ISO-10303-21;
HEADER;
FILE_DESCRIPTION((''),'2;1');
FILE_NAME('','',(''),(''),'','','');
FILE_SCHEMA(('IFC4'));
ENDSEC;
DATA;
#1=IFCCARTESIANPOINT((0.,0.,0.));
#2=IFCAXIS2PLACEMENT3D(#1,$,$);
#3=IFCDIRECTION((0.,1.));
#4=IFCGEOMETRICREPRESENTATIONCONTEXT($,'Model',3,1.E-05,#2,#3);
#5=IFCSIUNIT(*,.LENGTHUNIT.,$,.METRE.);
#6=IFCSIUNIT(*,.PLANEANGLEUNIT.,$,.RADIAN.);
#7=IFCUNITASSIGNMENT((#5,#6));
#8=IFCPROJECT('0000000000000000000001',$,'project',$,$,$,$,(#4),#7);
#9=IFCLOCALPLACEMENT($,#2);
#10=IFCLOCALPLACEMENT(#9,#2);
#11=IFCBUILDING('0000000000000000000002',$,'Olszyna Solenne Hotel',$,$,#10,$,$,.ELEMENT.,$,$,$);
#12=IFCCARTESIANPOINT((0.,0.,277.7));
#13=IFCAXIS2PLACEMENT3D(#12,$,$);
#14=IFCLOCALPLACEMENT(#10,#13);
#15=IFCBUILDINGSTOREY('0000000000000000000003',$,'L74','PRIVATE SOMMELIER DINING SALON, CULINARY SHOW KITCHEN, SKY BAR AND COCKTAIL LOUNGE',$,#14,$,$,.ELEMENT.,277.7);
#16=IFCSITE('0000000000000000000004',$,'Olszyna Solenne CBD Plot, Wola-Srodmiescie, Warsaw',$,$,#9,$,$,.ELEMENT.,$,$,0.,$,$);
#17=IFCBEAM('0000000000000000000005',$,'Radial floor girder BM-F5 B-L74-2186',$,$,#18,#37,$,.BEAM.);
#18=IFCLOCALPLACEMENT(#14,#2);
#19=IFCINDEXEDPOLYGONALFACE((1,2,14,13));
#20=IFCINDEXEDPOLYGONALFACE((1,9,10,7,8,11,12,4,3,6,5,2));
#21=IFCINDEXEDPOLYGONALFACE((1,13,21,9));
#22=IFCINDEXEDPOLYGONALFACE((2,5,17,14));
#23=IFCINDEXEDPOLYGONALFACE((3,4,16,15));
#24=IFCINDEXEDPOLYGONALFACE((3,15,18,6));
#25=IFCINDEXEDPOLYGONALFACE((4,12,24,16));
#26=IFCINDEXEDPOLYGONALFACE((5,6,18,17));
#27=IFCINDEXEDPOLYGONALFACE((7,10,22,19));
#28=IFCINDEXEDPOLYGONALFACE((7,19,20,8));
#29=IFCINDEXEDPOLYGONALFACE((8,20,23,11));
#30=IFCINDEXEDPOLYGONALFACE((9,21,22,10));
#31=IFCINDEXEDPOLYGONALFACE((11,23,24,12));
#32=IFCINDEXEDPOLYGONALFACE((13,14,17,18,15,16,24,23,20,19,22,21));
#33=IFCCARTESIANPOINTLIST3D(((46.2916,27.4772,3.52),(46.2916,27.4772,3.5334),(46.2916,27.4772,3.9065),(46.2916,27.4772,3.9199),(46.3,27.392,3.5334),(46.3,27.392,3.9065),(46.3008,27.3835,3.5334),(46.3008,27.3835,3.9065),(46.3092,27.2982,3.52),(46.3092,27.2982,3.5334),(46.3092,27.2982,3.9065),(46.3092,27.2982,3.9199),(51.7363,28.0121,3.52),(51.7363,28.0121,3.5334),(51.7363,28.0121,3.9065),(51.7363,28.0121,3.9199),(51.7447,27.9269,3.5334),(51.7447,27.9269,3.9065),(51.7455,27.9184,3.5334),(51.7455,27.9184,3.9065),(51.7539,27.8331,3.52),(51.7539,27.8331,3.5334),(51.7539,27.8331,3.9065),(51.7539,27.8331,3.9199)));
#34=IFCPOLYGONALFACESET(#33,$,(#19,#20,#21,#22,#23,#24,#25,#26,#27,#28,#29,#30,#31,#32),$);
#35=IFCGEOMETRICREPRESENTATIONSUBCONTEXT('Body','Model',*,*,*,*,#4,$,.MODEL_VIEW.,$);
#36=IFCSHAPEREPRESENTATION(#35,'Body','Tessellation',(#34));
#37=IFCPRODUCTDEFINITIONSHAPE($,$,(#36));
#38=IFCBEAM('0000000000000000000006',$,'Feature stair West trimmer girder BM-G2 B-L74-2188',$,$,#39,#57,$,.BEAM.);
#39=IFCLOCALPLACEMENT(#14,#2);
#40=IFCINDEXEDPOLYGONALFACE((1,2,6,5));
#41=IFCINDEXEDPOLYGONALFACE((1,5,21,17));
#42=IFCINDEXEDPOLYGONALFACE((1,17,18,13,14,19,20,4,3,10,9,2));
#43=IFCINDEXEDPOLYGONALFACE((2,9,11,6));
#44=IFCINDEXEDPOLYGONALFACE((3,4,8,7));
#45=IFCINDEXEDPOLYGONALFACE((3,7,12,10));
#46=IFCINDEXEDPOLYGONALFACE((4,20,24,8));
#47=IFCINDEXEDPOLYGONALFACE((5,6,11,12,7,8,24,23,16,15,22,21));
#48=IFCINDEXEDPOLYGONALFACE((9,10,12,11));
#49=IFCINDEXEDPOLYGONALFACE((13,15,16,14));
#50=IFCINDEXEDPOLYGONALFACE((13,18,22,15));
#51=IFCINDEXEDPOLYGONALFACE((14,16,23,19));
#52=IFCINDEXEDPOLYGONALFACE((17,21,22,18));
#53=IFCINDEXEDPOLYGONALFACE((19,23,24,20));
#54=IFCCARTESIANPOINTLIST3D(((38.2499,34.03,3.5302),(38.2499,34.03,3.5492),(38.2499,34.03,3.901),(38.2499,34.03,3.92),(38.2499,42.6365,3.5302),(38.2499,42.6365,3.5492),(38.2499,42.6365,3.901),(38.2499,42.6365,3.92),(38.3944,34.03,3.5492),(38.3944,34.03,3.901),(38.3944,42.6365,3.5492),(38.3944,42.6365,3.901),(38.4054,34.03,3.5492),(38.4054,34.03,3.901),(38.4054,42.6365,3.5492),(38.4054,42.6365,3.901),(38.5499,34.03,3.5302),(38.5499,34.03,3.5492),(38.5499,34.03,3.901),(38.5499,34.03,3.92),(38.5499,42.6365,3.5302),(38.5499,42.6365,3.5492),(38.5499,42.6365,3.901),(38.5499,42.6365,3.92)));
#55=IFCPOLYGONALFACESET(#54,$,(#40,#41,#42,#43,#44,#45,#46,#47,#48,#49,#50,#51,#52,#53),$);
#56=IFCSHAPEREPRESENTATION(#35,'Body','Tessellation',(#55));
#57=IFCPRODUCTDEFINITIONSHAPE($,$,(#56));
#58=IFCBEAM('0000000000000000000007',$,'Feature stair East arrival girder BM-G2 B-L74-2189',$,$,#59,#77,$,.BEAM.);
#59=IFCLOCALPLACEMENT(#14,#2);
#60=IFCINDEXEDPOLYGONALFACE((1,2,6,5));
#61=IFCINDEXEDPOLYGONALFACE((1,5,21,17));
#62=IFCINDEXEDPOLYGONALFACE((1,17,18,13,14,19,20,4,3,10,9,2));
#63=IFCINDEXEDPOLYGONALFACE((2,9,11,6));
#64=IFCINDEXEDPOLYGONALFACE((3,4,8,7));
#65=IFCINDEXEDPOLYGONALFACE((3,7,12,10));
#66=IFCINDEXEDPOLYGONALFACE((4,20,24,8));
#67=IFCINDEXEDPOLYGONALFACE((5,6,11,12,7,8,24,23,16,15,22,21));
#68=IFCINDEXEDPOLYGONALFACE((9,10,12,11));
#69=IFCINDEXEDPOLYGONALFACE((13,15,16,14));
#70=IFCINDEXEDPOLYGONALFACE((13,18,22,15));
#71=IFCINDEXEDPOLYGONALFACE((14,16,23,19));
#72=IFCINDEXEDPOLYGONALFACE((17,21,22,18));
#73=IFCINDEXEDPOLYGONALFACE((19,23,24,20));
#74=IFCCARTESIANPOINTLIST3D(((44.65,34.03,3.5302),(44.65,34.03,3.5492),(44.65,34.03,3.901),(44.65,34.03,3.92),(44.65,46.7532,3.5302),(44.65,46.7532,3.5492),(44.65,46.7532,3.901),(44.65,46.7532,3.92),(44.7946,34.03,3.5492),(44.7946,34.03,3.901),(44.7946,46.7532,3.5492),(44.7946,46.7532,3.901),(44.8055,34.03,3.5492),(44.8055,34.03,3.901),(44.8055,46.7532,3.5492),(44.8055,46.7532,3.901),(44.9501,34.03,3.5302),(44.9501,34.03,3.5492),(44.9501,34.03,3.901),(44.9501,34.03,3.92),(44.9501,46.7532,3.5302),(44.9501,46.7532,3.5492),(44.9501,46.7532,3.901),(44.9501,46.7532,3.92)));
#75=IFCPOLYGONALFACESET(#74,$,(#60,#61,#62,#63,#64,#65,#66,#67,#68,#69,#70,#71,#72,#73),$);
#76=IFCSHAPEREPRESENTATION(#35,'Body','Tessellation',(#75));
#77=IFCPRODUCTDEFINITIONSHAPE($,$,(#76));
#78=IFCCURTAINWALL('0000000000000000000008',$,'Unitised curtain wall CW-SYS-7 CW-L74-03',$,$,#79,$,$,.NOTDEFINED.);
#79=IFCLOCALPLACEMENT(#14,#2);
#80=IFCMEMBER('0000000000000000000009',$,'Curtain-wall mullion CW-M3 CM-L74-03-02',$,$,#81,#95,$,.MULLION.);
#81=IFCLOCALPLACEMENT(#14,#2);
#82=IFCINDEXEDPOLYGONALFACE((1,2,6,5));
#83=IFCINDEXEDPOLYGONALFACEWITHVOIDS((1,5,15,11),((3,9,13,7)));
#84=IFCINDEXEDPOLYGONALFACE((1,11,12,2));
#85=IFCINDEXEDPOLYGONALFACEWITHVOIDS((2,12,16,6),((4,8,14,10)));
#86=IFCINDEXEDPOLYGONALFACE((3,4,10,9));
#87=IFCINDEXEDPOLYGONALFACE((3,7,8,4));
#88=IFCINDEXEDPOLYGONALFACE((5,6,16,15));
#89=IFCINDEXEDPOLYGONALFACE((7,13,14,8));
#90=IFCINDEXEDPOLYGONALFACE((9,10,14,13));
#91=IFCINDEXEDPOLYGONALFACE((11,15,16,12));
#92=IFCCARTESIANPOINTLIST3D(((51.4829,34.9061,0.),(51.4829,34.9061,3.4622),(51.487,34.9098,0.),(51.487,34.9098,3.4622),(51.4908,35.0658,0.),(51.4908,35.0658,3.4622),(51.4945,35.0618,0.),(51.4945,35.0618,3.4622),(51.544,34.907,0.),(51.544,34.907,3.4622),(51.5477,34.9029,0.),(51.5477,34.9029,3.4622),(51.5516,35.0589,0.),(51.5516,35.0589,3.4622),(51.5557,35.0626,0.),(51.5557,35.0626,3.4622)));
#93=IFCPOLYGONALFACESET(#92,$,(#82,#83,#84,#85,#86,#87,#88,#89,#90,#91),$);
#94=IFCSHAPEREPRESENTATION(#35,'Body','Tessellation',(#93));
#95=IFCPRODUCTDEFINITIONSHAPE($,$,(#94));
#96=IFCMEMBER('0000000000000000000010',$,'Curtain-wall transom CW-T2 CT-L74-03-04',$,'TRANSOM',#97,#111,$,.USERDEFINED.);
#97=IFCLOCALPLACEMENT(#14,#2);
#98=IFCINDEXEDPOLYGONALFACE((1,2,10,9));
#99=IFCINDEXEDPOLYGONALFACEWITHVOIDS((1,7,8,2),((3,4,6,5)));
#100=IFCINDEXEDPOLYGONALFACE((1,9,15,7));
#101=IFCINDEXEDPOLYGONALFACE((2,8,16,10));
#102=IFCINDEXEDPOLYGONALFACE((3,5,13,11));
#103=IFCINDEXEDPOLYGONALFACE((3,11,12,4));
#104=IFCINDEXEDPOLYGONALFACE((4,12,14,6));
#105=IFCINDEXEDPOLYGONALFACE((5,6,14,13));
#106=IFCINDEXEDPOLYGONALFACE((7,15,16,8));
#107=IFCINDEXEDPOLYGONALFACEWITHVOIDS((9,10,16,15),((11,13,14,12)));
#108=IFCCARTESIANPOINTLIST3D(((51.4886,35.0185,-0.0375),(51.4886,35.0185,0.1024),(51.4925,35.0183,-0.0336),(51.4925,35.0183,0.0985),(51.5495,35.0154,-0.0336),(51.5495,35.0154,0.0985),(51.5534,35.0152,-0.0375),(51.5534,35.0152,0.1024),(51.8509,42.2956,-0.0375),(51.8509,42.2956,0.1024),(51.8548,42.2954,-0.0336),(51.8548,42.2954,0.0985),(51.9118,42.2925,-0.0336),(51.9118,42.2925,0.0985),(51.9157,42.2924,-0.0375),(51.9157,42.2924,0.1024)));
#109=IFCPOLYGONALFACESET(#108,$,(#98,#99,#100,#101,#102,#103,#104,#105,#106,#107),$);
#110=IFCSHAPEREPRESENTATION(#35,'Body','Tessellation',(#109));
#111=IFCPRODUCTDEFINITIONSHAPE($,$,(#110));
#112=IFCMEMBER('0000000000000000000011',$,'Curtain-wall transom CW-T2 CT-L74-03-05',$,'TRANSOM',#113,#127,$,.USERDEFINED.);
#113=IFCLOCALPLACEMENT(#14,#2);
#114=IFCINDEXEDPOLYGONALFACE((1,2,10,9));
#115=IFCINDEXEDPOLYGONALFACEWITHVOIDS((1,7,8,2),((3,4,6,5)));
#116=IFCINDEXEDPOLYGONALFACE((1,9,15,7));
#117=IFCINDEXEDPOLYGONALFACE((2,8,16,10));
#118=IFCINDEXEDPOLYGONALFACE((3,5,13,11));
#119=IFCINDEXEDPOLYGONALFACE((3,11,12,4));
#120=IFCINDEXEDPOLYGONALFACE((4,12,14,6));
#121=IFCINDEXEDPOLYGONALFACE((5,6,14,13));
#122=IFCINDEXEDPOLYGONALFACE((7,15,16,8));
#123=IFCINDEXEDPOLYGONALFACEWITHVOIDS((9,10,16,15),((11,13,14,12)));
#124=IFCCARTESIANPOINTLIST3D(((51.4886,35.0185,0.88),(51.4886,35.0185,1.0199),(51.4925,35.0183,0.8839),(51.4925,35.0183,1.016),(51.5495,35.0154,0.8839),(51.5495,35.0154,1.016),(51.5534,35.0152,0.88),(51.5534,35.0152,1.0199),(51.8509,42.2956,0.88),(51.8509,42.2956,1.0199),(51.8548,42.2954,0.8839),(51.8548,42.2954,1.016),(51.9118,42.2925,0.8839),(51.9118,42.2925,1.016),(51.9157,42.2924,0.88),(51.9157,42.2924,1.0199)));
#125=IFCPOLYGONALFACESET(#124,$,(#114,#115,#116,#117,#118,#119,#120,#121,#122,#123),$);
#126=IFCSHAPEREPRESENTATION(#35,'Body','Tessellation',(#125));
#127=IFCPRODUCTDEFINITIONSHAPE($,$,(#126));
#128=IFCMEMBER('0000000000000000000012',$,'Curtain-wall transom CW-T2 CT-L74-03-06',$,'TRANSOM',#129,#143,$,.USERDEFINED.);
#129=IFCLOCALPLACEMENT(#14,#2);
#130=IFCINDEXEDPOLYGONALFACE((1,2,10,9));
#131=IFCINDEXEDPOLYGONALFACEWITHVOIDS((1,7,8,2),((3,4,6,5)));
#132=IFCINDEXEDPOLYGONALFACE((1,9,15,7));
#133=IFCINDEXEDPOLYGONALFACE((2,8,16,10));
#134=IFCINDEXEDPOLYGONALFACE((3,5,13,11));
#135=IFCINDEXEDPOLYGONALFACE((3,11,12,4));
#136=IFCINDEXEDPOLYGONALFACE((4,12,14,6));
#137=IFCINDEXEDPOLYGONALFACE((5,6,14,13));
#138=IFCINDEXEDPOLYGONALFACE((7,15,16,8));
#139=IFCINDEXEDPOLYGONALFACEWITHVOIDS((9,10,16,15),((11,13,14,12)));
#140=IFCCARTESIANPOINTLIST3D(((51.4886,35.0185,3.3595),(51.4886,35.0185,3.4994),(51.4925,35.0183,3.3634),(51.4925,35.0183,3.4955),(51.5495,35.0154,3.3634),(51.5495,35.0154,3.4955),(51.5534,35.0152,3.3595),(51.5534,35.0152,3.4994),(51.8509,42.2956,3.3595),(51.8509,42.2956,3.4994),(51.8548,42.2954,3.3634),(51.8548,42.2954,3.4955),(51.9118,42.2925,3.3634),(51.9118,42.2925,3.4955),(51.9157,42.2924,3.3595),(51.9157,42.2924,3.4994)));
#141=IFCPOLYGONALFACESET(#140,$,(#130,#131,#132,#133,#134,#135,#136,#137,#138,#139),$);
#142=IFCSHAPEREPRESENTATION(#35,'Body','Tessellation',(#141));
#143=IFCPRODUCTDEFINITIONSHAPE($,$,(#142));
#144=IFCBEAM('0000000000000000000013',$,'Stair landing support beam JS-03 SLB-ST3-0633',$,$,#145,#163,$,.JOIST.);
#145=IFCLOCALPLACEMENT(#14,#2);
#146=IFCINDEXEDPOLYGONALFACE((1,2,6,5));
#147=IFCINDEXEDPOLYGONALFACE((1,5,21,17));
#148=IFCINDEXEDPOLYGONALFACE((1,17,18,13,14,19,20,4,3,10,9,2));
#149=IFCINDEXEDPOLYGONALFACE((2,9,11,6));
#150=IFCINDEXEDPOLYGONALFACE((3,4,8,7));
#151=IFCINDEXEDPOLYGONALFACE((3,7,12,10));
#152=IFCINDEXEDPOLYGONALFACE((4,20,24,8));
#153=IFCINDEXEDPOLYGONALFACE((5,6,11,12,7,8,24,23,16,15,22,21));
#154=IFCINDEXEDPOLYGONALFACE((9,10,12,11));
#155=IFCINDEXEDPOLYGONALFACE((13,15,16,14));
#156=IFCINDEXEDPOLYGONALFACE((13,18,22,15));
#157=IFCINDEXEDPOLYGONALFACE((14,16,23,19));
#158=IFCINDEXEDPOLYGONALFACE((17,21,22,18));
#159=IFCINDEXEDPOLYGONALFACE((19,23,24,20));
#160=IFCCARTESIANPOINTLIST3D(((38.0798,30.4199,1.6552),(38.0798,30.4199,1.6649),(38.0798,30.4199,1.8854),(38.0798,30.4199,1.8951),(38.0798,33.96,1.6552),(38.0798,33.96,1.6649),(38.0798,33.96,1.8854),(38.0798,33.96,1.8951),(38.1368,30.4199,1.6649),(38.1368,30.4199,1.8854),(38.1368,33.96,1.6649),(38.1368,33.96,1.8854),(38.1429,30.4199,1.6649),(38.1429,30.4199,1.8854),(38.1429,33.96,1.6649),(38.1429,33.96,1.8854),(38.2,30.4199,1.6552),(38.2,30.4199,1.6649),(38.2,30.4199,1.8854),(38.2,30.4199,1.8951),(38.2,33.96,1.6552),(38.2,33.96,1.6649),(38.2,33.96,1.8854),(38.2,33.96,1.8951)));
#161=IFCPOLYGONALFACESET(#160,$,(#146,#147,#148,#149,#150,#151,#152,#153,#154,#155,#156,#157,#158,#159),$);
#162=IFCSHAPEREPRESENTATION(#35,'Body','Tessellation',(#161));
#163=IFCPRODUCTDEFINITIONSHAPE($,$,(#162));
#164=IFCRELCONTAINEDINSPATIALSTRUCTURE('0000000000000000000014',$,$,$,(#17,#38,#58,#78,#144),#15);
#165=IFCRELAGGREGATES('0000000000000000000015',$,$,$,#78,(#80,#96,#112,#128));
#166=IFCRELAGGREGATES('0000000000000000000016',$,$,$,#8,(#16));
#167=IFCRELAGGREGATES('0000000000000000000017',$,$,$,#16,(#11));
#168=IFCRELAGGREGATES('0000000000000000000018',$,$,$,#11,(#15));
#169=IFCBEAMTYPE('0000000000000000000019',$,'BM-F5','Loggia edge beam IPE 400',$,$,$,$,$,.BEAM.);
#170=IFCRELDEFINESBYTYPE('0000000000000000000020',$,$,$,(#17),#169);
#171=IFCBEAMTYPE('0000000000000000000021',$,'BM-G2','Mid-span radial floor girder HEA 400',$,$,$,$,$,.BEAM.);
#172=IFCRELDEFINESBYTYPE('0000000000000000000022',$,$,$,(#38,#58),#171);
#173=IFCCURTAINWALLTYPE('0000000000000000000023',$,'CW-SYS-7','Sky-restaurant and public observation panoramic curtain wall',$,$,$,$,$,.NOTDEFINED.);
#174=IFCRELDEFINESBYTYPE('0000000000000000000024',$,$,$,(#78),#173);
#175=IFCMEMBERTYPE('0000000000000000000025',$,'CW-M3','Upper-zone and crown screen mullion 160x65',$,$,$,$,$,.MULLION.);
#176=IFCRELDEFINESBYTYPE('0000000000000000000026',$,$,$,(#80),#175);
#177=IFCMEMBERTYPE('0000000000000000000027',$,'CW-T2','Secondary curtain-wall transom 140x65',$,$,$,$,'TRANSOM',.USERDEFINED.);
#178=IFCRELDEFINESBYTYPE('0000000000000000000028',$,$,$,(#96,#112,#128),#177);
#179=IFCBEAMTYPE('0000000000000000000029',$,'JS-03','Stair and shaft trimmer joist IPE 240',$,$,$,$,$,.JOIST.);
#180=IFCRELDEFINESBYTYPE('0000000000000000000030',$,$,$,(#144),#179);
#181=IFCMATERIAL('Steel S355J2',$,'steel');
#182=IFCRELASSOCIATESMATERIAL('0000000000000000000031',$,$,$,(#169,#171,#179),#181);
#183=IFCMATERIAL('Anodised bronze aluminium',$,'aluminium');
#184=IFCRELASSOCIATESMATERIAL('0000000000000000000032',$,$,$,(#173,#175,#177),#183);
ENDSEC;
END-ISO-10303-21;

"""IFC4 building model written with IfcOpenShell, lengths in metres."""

from ifc_helpers import new_model, si_unit, direction, frame, origin, origin_2d, place, context, subcontext, project, spatial, hollow_rectangle, i_section, extrude, source, transform, mapped, material, material_profile, profile_set, type_object, element, aggregate, save


model = new_model("IFC4")

# Units and contexts
model_context = context("Model", 3, precision=1e-05, world=origin(), true_north=direction((0.0, 1.0)))
body_context = subcontext(model_context, "Body", "Model", "MODEL_VIEW")
ifc_project = project(units=[si_unit("LENGTHUNIT", "METRE"), si_unit("PLANEANGLEUNIT", "RADIAN")], contexts=[model_context])

# Site, building, storey
site_placement = place(None, origin())
site = spatial("IfcSite", under=ifc_project, at=site_placement, Name="Olszyna Solenne CBD Plot, Wola-Srodmiescie, Warsaw", CompositionType="ELEMENT", RefElevation=0.0)
building_placement = place(site_placement, origin())
building = spatial("IfcBuilding", under=site, at=building_placement, Name="Olszyna Solenne Hotel", CompositionType="ELEMENT")
storey_placement = place(building_placement, frame((0.0, 0.0, 277.7)))
storey = spatial("IfcBuildingStorey", under=building, at=storey_placement, Name="L74", Description="PRIVATE SOMMELIER DINING SALON, CULINARY SHOW KITCHEN, SKY BAR AND COCKTAIL LOUNGE", CompositionType="ELEMENT", Elevation=277.7)

# Beams
ifc_material_1 = material(Name="Steel S355J2", Category="steel")
ifc_material_profile_1 = material_profile(ifc_material_1, i_section(OverallWidth=0.1799, OverallDepth=0.3999, WebThickness=0.0085, FlangeThickness=0.0134, at=origin_2d()), Name="IPE 400", Category="load-bearing")
ifc_profile_set_1 = profile_set([ifc_material_profile_1], Name="Steel S355J2")
beam_type_1 = type_object("IfcBeamType", Name="BM-F5", Description="Loggia edge beam IPE 400", PredefinedType="BEAM", material=ifc_profile_set_1)
shared_shape_1 = source(origin(), body_context, "Body", "SweptSolid", [
    extrude(i_section(OverallWidth=0.1799, OverallDepth=0.3999, WebThickness=0.0085, FlangeThickness=0.0134, at=origin_2d()), origin(), (0.0, 0.0, 1.0), 5.4709),
])
beam_1_placement = place(storey_placement, frame((51.7451, 27.9226, 3.72), z_axis=(-0.995209, -0.097772, 0.0), x_axis=(0.097772, -0.995209, 0.0)))
element("IfcBeam", 1, at=beam_1_placement, inside=storey, type_object=beam_type_1, Name="Radial floor girder BM-F5 B-L74-2186", PredefinedType="BEAM", context=body_context, shape_type="MappedRepresentation", body=[
    mapped(shared_shape_1, transform((0.0, 0.0, 0.0), x_axis=(1.0, 0.0, 0.0), y_axis=(0.0, 1.0, 0.0), z_axis=(0.0, 0.0, 1.0), scale=1.0)),
])
ifc_material_profile_2 = material_profile(ifc_material_1, i_section(OverallWidth=0.3, OverallDepth=0.3899, WebThickness=0.011, FlangeThickness=0.019, at=origin_2d()), Name="HEA 400", Category="load-bearing")
ifc_profile_set_2 = profile_set([ifc_material_profile_2], Name="Steel S355J2")
beam_type_2 = type_object("IfcBeamType", Name="BM-G2", Description="Mid-span radial floor girder HEA 400", PredefinedType="BEAM", material=ifc_profile_set_2)
shared_shape_2 = source(origin(), body_context, "Body", "SweptSolid", [
    extrude(i_section(OverallWidth=0.3, OverallDepth=0.3899, WebThickness=0.011, FlangeThickness=0.019, at=origin_2d()), origin(), (0.0, 0.0, 1.0), 8.6064),
])
beam_2_placement = place(storey_placement, frame((38.3999, 34.03, 3.7251), z_axis=(0.0, 1.0, 0.0), x_axis=(-1.0, 0.0, 0.0)))
element("IfcBeam", 2, at=beam_2_placement, inside=storey, type_object=beam_type_2, Name="Feature stair West trimmer girder BM-G2 B-L74-2188", PredefinedType="BEAM", context=body_context, shape_type="MappedRepresentation", body=[
    mapped(shared_shape_2, transform((0.0, 0.0, 0.0), x_axis=(1.0, 0.0, 0.0), y_axis=(0.0, 1.0, 0.0), z_axis=(0.0, 0.0, 1.0), scale=1.0)),
])
shared_shape_3 = source(origin(), body_context, "Body", "SweptSolid", [
    extrude(i_section(OverallWidth=0.3, OverallDepth=0.3899, WebThickness=0.011, FlangeThickness=0.019, at=origin_2d()), origin(), (0.0, 0.0, 1.0), 12.7231),
])
beam_3_placement = place(storey_placement, frame((44.8, 34.03, 3.7251), z_axis=(0.0, 1.0, 0.0), x_axis=(-1.0, 0.0, 0.0)))
element("IfcBeam", 3, at=beam_3_placement, inside=storey, type_object=beam_type_2, Name="Feature stair East arrival girder BM-G2 B-L74-2189", PredefinedType="BEAM", context=body_context, shape_type="MappedRepresentation", body=[
    mapped(shared_shape_3, transform((0.0, 0.0, 0.0), x_axis=(1.0, 0.0, 0.0), y_axis=(0.0, 1.0, 0.0), z_axis=(0.0, 0.0, 1.0), scale=1.0)),
])

# Curtain wall, members
ifc_material_2 = material(Name="Anodised bronze aluminium", Category="aluminium")
curtain_wall_type = type_object("IfcCurtainWallType", Name="CW-SYS-7", Description="Sky-restaurant and public observation panoramic curtain wall", PredefinedType="NOTDEFINED", material=ifc_material_2)
curtain_wall_placement = place(storey_placement, origin())
curtain_wall = element("IfcCurtainWall", 4, at=curtain_wall_placement, inside=storey, type_object=curtain_wall_type, Name="Unitised curtain wall CW-SYS-7 CW-L74-03", PredefinedType="NOTDEFINED")
ifc_material_profile_3 = material_profile(ifc_material_2, hollow_rectangle(XDim=0.0649, YDim=0.1599, WallThickness=0.0039, at=origin_2d()), Name="MULL 160x65x4", Category="load-bearing")
ifc_profile_set_3 = profile_set([ifc_material_profile_3], Name="Anodised bronze aluminium")
member_type_1 = type_object("IfcMemberType", Name="CW-M3", Description="Upper-zone and crown screen mullion 160x65", PredefinedType="MULLION", material=ifc_profile_set_3)
shared_shape_4 = source(origin(), body_context, "Body", "SweptSolid", [
    extrude(hollow_rectangle(XDim=0.0649, YDim=0.1599, WallThickness=0.0039, at=origin_2d()), origin(), (0.0, 0.0, 1.0), 3.4622),
])
member_1_placement = place(storey_placement, frame((51.5193, 34.9844, 0.0), z_axis=(0.0, 0.0, 1.0), x_axis=(-0.998763, 0.049729, 0.0)))
member_1 = element("IfcMember", 5, at=member_1_placement, type_object=member_type_1, Name="Curtain-wall mullion CW-M3 CM-L74-03-02", PredefinedType="MULLION", context=body_context, shape_type="MappedRepresentation", body=[
    mapped(shared_shape_4, transform((0.0, 0.0, 0.0), x_axis=(1.0, 0.0, 0.0), y_axis=(0.0, 1.0, 0.0), z_axis=(0.0, 0.0, 1.0), scale=1.0)),
])
ifc_material_profile_4 = material_profile(ifc_material_2, hollow_rectangle(XDim=0.0649, YDim=0.1399, WallThickness=0.0039, at=origin_2d()), Name="TRAN 140x65x4", Category="load-bearing")
ifc_profile_set_4 = profile_set([ifc_material_profile_4], Name="Anodised bronze aluminium")
member_type_2 = type_object("IfcMemberType", Name="CW-T2", Description="Secondary curtain-wall transom 140x65", ElementType="TRANSOM", PredefinedType="USERDEFINED", material=ifc_profile_set_4)
shared_shape_5 = source(origin(), body_context, "Body", "SweptSolid", [
    extrude(hollow_rectangle(XDim=0.0649, YDim=0.1399, WallThickness=0.0039, at=origin_2d()), origin(), (0.0, 0.0, 1.0), 7.2861),
])
member_2_placement = place(storey_placement, frame((51.521, 35.0168, 0.0325), z_axis=(0.049725, 0.998763, 0.0), x_axis=(-0.998763, 0.049725, 0.0)))
member_2 = element("IfcMember", 6, at=member_2_placement, type_object=member_type_2, Name="Curtain-wall transom CW-T2 CT-L74-03-04", ObjectType="TRANSOM", PredefinedType="USERDEFINED", context=body_context, shape_type="MappedRepresentation", body=[
    mapped(shared_shape_5, transform((0.0, 0.0, 0.0), x_axis=(1.0, 0.0, 0.0), y_axis=(0.0, 1.0, 0.0), z_axis=(0.0, 0.0, 1.0), scale=1.0)),
])
member_3_placement = place(storey_placement, frame((51.521, 35.0168, 0.95), z_axis=(0.049725, 0.998763, 0.0), x_axis=(-0.998763, 0.049725, 0.0)))
member_3 = element("IfcMember", 7, at=member_3_placement, type_object=member_type_2, Name="Curtain-wall transom CW-T2 CT-L74-03-05", ObjectType="TRANSOM", PredefinedType="USERDEFINED", context=body_context, shape_type="MappedRepresentation", body=[
    mapped(shared_shape_5, transform((0.0, 0.0, 0.0), x_axis=(1.0, 0.0, 0.0), y_axis=(0.0, 1.0, 0.0), z_axis=(0.0, 0.0, 1.0), scale=1.0)),
])
member_4_placement = place(storey_placement, frame((51.521, 35.0168, 3.4294), z_axis=(0.049725, 0.998763, 0.0), x_axis=(-0.998763, 0.049725, 0.0)))
member_4 = element("IfcMember", 8, at=member_4_placement, type_object=member_type_2, Name="Curtain-wall transom CW-T2 CT-L74-03-06", ObjectType="TRANSOM", PredefinedType="USERDEFINED", context=body_context, shape_type="MappedRepresentation", body=[
    mapped(shared_shape_5, transform((0.0, 0.0, 0.0), x_axis=(1.0, 0.0, 0.0), y_axis=(0.0, 1.0, 0.0), z_axis=(0.0, 0.0, 1.0), scale=1.0)),
])

# Beam
ifc_material_profile_5 = material_profile(ifc_material_1, i_section(OverallWidth=0.1201, OverallDepth=0.24, WebThickness=0.0061, FlangeThickness=0.0098, at=origin_2d()), Name="IPE 240", Category="load-bearing")
ifc_profile_set_5 = profile_set([ifc_material_profile_5], Name="Steel S355J2")
beam_type_3 = type_object("IfcBeamType", Name="JS-03", Description="Stair and shaft trimmer joist IPE 240", PredefinedType="JOIST", material=ifc_profile_set_5)
shared_shape_6 = source(origin(), body_context, "Body", "SweptSolid", [
    extrude(i_section(OverallWidth=0.1201, OverallDepth=0.24, WebThickness=0.0061, FlangeThickness=0.0098, at=origin_2d()), origin(), (0.0, 0.0, 1.0), 3.54),
])
for number, where, z_axis, x_axis, name in (
    (9, (38.1399, 30.4199, 1.7751), (0.0, 1.0, 0.0), (-1.0, 0.0, 0.0), "Stair landing support beam JS-03 SLB-ST3-0633"),
):
    element("IfcBeam", number, at=place(storey_placement, frame(where, z_axis=z_axis, x_axis=x_axis)), inside=storey, type_object=beam_type_3, Name=name, PredefinedType="JOIST", context=body_context, shape_type="MappedRepresentation", body=[
        mapped(shared_shape_6, transform((0.0, 0.0, 0.0), x_axis=(1.0, 0.0, 0.0), y_axis=(0.0, 1.0, 0.0), z_axis=(0.0, 0.0, 1.0), scale=1.0)),
    ])

aggregate(curtain_wall, [member_1, member_2, member_3, member_4])

save(model, "model.ifc")
